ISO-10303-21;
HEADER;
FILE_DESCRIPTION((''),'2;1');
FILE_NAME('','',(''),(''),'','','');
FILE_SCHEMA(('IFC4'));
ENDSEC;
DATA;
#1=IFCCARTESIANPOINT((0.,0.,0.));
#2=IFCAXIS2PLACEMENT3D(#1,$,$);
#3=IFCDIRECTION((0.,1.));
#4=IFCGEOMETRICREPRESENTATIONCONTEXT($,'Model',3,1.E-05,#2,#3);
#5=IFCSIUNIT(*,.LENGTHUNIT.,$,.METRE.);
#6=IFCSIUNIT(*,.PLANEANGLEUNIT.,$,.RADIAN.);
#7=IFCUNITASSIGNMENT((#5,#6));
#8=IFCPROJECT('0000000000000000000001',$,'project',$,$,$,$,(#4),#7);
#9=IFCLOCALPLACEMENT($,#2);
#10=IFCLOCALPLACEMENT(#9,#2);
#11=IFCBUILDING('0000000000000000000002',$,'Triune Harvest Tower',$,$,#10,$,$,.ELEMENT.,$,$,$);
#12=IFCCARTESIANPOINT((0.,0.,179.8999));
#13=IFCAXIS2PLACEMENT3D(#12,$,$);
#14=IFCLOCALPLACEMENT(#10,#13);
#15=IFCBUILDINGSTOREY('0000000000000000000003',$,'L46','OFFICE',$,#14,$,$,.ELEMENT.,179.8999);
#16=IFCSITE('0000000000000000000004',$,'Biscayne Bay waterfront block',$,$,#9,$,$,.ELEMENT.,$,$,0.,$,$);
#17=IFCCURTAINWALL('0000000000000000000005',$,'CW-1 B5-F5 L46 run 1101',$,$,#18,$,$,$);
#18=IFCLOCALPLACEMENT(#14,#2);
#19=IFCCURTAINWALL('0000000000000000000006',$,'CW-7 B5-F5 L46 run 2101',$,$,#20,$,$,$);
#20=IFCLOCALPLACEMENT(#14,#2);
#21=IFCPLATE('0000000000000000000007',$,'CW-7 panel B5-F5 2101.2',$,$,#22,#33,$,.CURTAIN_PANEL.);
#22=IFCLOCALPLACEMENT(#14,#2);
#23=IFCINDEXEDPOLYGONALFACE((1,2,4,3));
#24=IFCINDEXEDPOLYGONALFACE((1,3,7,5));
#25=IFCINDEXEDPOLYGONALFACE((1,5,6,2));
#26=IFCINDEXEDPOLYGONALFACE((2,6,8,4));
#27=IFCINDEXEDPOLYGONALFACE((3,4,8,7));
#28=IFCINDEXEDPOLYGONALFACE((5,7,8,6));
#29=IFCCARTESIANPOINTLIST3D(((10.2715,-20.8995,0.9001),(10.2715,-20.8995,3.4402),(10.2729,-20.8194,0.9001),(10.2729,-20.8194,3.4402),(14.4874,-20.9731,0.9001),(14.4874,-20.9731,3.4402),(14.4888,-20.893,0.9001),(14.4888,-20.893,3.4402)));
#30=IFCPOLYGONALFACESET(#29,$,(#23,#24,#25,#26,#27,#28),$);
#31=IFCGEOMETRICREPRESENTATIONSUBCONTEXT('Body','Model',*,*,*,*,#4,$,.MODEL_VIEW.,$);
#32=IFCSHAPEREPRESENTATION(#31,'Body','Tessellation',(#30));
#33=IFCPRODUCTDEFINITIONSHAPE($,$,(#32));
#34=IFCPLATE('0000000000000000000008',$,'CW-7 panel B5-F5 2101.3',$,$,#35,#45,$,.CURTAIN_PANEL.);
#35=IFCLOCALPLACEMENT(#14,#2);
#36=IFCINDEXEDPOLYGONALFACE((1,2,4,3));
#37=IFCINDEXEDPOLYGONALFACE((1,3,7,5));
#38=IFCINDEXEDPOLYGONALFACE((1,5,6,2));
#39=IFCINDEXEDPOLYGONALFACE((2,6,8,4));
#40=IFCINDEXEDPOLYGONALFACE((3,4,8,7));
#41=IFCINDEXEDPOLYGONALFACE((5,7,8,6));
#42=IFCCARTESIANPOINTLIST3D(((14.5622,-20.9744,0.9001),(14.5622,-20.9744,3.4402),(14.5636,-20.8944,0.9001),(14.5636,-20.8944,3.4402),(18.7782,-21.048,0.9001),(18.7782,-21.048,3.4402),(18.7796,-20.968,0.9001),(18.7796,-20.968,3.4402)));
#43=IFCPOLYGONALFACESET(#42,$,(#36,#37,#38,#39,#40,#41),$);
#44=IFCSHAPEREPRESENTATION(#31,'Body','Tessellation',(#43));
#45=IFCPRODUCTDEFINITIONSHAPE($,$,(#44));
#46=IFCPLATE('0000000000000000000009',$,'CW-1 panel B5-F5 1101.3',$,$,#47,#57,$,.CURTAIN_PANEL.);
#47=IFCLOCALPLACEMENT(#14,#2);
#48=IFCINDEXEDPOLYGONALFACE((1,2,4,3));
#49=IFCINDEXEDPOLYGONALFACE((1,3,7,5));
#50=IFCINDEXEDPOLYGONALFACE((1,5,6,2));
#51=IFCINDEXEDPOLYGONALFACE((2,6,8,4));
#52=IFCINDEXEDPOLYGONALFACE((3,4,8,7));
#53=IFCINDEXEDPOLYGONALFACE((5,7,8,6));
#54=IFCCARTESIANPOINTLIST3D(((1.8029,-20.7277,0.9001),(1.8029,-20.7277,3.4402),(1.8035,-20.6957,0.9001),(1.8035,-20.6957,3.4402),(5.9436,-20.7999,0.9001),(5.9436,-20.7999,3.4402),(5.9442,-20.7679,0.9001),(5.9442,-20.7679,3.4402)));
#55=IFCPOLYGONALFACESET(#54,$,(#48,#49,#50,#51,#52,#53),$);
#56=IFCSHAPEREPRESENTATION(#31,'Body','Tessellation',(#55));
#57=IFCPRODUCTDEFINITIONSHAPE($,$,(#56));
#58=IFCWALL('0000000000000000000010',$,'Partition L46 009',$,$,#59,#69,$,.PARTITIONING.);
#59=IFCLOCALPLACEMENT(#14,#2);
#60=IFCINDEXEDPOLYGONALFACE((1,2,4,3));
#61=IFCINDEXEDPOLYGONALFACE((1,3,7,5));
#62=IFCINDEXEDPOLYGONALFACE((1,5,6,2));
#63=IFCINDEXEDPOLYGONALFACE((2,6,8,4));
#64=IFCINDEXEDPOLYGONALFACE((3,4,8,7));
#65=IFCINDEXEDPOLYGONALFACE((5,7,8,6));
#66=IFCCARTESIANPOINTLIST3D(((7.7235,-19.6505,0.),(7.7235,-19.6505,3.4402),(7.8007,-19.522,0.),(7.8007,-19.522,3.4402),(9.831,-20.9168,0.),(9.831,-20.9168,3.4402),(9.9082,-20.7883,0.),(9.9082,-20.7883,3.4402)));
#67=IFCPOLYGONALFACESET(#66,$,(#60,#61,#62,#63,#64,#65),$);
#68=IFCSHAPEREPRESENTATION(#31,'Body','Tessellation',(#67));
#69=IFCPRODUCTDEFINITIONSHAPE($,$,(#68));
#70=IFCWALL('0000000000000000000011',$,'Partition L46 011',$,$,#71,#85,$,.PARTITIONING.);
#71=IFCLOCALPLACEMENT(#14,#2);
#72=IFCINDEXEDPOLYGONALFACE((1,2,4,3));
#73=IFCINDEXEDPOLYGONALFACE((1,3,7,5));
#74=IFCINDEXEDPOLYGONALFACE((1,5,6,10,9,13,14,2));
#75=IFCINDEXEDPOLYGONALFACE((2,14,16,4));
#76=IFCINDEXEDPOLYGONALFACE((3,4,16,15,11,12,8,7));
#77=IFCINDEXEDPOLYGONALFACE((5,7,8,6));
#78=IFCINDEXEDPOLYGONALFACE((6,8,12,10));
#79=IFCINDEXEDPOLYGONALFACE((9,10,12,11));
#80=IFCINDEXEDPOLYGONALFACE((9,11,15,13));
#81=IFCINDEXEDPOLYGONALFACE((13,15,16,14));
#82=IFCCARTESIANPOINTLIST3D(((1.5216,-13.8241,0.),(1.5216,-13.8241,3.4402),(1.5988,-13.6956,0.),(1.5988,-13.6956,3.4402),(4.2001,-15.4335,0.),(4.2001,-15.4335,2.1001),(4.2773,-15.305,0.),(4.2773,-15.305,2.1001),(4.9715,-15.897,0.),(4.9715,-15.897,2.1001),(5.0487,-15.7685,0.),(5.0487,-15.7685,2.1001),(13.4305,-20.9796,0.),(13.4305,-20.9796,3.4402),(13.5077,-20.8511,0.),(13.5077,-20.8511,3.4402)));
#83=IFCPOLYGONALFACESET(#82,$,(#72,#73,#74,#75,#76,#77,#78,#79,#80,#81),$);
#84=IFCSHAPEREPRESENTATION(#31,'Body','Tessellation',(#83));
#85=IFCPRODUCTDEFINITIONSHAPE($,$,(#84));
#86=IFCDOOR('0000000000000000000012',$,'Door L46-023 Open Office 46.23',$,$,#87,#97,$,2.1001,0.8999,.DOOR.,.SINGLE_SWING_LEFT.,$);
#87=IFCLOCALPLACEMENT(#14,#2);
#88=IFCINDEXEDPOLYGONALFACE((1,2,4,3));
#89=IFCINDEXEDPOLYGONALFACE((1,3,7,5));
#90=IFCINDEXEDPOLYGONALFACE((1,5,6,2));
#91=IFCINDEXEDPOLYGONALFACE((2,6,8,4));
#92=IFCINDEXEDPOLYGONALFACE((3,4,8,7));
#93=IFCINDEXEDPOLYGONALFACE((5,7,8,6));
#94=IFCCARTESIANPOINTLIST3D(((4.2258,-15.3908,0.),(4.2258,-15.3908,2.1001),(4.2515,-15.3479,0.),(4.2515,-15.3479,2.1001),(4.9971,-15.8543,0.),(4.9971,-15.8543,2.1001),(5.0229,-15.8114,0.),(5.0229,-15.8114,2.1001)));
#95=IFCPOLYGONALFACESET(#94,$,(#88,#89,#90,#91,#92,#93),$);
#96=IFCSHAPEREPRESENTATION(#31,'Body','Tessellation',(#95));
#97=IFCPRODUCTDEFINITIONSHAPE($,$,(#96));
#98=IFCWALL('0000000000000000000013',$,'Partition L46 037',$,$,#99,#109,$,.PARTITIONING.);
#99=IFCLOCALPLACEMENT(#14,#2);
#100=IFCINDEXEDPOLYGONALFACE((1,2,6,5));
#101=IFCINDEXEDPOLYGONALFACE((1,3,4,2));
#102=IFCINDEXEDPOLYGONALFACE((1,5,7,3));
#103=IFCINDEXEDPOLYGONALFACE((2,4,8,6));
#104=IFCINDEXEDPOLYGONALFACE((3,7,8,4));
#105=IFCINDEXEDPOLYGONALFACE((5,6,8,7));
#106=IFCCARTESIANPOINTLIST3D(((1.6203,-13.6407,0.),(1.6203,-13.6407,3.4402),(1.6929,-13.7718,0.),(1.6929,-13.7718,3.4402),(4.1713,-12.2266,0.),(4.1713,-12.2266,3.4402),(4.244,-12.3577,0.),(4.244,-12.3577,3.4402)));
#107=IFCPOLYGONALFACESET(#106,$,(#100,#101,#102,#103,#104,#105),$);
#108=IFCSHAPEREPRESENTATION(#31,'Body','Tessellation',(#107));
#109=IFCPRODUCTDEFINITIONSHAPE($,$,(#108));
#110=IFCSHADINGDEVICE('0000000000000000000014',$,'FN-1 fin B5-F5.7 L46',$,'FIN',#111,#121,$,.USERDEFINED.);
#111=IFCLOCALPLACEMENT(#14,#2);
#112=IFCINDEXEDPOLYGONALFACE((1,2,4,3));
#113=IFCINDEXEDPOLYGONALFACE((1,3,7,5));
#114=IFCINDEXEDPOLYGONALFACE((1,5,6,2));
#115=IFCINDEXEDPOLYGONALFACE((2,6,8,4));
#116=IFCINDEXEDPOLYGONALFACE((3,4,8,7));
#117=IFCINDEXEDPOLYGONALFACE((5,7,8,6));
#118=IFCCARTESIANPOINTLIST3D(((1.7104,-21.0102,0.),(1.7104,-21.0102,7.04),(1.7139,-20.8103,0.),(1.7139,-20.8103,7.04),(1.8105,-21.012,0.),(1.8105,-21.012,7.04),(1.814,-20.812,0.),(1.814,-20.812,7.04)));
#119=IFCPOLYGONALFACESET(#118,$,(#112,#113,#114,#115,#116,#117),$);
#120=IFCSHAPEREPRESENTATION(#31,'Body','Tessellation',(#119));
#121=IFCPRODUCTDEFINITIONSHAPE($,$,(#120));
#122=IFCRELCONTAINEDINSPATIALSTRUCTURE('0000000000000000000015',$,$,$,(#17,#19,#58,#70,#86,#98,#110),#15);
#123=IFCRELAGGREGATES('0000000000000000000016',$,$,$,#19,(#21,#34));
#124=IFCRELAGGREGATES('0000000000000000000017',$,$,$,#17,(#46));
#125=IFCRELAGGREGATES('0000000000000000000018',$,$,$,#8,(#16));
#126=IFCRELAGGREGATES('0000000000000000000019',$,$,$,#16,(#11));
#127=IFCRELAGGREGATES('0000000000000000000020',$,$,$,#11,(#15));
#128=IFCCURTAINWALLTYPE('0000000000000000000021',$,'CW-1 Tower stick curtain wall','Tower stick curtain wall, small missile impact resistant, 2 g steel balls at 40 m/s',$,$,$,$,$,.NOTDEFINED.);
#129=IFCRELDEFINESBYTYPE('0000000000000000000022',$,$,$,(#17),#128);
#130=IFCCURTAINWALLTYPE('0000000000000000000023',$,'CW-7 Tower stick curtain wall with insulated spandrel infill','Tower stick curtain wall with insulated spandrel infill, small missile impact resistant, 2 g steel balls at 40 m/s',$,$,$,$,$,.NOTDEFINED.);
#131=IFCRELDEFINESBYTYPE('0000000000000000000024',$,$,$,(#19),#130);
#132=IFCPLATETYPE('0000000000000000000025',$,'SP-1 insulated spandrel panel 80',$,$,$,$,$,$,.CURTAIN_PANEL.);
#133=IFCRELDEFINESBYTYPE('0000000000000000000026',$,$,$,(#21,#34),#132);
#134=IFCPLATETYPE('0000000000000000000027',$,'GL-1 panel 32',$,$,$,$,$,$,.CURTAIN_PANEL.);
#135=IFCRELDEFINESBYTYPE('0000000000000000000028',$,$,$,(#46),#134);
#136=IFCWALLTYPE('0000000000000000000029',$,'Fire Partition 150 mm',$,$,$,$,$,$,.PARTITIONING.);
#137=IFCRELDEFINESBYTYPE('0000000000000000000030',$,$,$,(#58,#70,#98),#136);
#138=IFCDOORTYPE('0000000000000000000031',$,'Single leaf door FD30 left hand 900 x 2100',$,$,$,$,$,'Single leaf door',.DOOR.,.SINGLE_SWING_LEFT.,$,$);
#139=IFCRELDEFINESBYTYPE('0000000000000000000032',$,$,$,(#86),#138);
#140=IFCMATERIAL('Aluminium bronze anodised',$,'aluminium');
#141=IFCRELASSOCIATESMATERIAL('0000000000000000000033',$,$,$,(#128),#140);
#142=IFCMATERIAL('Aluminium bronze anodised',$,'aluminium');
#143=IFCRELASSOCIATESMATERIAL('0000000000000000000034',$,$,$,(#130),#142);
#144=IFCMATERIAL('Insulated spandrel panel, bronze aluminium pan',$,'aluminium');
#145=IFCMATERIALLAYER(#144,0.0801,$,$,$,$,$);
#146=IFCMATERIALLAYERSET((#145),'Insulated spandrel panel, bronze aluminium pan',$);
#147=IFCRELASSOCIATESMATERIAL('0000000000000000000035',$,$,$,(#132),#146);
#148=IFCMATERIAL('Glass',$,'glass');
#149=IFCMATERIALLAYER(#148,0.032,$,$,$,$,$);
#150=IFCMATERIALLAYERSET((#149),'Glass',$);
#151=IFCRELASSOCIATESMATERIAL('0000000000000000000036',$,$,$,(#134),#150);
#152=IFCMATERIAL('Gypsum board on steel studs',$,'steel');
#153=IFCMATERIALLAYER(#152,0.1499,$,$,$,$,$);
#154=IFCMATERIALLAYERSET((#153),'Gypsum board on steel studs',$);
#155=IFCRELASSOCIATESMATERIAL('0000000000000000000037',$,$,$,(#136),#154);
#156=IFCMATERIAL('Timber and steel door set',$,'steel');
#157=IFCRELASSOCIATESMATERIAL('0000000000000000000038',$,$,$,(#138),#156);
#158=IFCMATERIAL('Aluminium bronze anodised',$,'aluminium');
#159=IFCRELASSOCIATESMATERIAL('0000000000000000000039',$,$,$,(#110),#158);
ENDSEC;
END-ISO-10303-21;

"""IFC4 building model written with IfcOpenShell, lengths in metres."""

from ifc_helpers import new_model, si_unit, direction, frame, frame_2d, origin, origin_2d, place, context, subcontext, project, spatial, rectangle, extrude, source, transform, mapped, material, layer, layer_set, type_object, element, fill, aggregate, save


model = new_model("IFC4")

# Units and contexts
model_context = context("Model", 3, precision=1e-05, world=origin(), true_north=direction((0.0, 1.0)))
body_context = subcontext(model_context, "Body", "Model", "MODEL_VIEW")
ifc_project = project(units=[si_unit("LENGTHUNIT", "METRE"), si_unit("PLANEANGLEUNIT", "RADIAN")], contexts=[model_context])

# Site, building, storey
site_placement = place(None, origin())
site = spatial("IfcSite", under=ifc_project, at=site_placement, Name="Biscayne Bay waterfront block", CompositionType="ELEMENT", RefElevation=0.0)
building_placement = place(site_placement, origin())
building = spatial("IfcBuilding", under=site, at=building_placement, Name="Triune Harvest Tower", CompositionType="ELEMENT")
storey_placement = place(building_placement, frame((0.0, 0.0, 179.8999)))
storey = spatial("IfcBuildingStorey", under=building, at=storey_placement, Name="L46", Description="OFFICE", CompositionType="ELEMENT", Elevation=179.8999)

# Curtain walls
ifc_material_1 = material(Name="Aluminium bronze anodised", Category="aluminium")
curtain_wall_type_1 = type_object("IfcCurtainWallType", Name="CW-1 Tower stick curtain wall", Description="Tower stick curtain wall, small missile impact resistant, 2 g steel balls at 40 m/s", PredefinedType="NOTDEFINED", material=ifc_material_1)
curtain_wall_1_placement = place(storey_placement, origin())
curtain_wall_1 = element("IfcCurtainWall", 1, at=curtain_wall_1_placement, inside=storey, type_object=curtain_wall_type_1, Name="CW-1 B5-F5 L46 run 1101")
ifc_material_2 = material(Name="Aluminium bronze anodised", Category="aluminium")
curtain_wall_type_2 = type_object("IfcCurtainWallType", Name="CW-7 Tower stick curtain wall with insulated spandrel infill", Description="Tower stick curtain wall with insulated spandrel infill, small missile impact resistant, 2 g steel balls at 40 m/s", PredefinedType="NOTDEFINED", material=ifc_material_2)
curtain_wall_2_placement = place(storey_placement, origin())
curtain_wall_2 = element("IfcCurtainWall", 2, at=curtain_wall_2_placement, inside=storey, type_object=curtain_wall_type_2, Name="CW-7 B5-F5 L46 run 2101")

# Plates
ifc_material_3 = material(Name="Insulated spandrel panel, bronze aluminium pan", Category="aluminium")
ifc_layer_1 = layer(ifc_material_3, 0.0801)
ifc_layer_set_1 = layer_set([ifc_layer_1], Name="Insulated spandrel panel, bronze aluminium pan")
plate_type_1 = type_object("IfcPlateType", Name="SP-1 insulated spandrel panel 80", PredefinedType="CURTAIN_PANEL", material=ifc_layer_set_1)
shared_shape_1 = source(origin(), body_context, "Body", "SweptSolid", [
    extrude(rectangle(XDim=4.2166, YDim=0.0801, at=origin_2d()), origin(), (0.0, 0.0, 1.0), 2.54),
])
plate_1_placement = place(storey_placement, frame((12.3801, -20.8962, 0.9001), z_axis=(0.0, 0.0, 1.0), x_axis=(0.999848, -0.017454, 0.0)))
plate_1 = element("IfcPlate", 3, at=plate_1_placement, type_object=plate_type_1, Name="CW-7 panel B5-F5 2101.2", PredefinedType="CURTAIN_PANEL", context=body_context, shape_type="MappedRepresentation", body=[
    mapped(shared_shape_1, transform((0.0, 0.0, 0.0), scale=1.0)),
])
plate_2_placement = place(storey_placement, frame((16.6709, -20.9712, 0.9001), z_axis=(0.0, 0.0, 1.0), x_axis=(0.999848, -0.017454, 0.0)))
plate_2 = element("IfcPlate", 4, at=plate_2_placement, type_object=plate_type_1, Name="CW-7 panel B5-F5 2101.3", PredefinedType="CURTAIN_PANEL", context=body_context, shape_type="MappedRepresentation", body=[
    mapped(shared_shape_1, transform((0.0, 0.0, 0.0), scale=1.0)),
])
aggregate(curtain_wall_2, [plate_1, plate_2])
ifc_material_4 = material(Name="Glass", Category="glass")
ifc_layer_2 = layer(ifc_material_4, 0.032)
ifc_layer_set_2 = layer_set([ifc_layer_2], Name="Glass")
plate_type_2 = type_object("IfcPlateType", Name="GL-1 panel 32", PredefinedType="CURTAIN_PANEL", material=ifc_layer_set_2)
shared_shape_2 = source(origin(), body_context, "Body", "SweptSolid", [
    extrude(rectangle(XDim=4.1414, YDim=0.032, at=origin_2d()), origin(), (0.0, 0.0, 1.0), 2.54),
])
plate_3_placement = place(storey_placement, frame((3.8735, -20.7478, 0.9001), z_axis=(0.0, 0.0, 1.0), x_axis=(0.999848, -0.017451, 0.0)))
plate_3 = element("IfcPlate", 5, at=plate_3_placement, type_object=plate_type_2, Name="CW-1 panel B5-F5 1101.3", PredefinedType="CURTAIN_PANEL", context=body_context, shape_type="MappedRepresentation", body=[
    mapped(shared_shape_2, transform((0.0, 0.0, 0.0), scale=1.0)),
])
aggregate(curtain_wall_1, [plate_3])

# Wall
ifc_material_5 = material(Name="Gypsum board on steel studs", Category="steel")
ifc_layer_3 = layer(ifc_material_5, 0.1499)
ifc_layer_set_3 = layer_set([ifc_layer_3], Name="Gypsum board on steel studs")
wall_type = type_object("IfcWallType", Name="Fire Partition 150 mm", PredefinedType="PARTITIONING", material=ifc_layer_set_3)
wall_1_placement = place(storey_placement, frame((7.762, -19.5862, 0.0), z_axis=(0.0, 0.0, 1.0), x_axis=(0.857177, -0.515021, 0.0)))
element("IfcWall", 6, at=wall_1_placement, inside=storey, type_object=wall_type, Name="Partition L46 009", PredefinedType="PARTITIONING", context=body_context, shape_type="SweptSolid", body=[
    extrude(rectangle(XDim=2.4587, YDim=0.1499, at=frame_2d((1.2295, 0.0))), origin(), (0.0, 0.0, 1.0), 3.4402),
])

# Wall, opening, door
wall_2_placement = place(storey_placement, frame((1.5601, -13.7598, 0.0), z_axis=(0.0, 0.0, 1.0), x_axis=(0.85717, -0.515033, 0.0)))
wall_2 = element("IfcWall", 7, at=wall_2_placement, inside=storey, type_object=wall_type, Name="Partition L46 011", PredefinedType="PARTITIONING", context=body_context, shape_type="SweptSolid", body=[
    extrude(rectangle(XDim=13.8933, YDim=0.1499, at=frame_2d((6.9468, 0.0))), origin(), (0.0, 0.0, 1.0), 3.4402),
])
opening_placement = place(wall_2_placement, frame((3.125, 0.0, 0.0)))
opening = element("IfcOpeningElement", 8, at=opening_placement, cuts=wall_2, PredefinedType="OPENING", context=body_context, shape_type="SweptSolid", body=[
    extrude(rectangle(XDim=0.8999, YDim=2.1001, at=frame_2d((0.45, 1.05))), frame((0.0, 0.085, 0.0), z_axis=(0.0, -1.0, 0.0), x_axis=(1.0, 0.0, 0.0)), (0.0, 0.0, 1.0), 0.1699),
])
ifc_material_6 = material(Name="Timber and steel door set", Category="steel")
door_type = type_object("IfcDoorType", Name="Single leaf door FD30 left hand 900 x 2100", ElementType="Single leaf door", OperationType="SINGLE_SWING_LEFT", PredefinedType="DOOR", material=ifc_material_6)
door_placement = place(opening_placement, origin())
door = element("IfcDoor", 9, at=door_placement, inside=storey, type_object=door_type, Name="Door L46-023 Open Office 46.23", OperationType="SINGLE_SWING_LEFT", OverallHeight=2.1001, OverallWidth=0.8999, PredefinedType="DOOR", context=body_context, shape_type="SweptSolid", body=[
    extrude(rectangle(XDim=0.8999, YDim=2.1001, at=frame_2d((0.45, 1.05))), frame((0.0, 0.0249, 0.0), z_axis=(0.0, -1.0, 0.0), x_axis=(1.0, 0.0, 0.0)), (0.0, 0.0, 1.0), 0.05),
])
fill(opening, door)

# Wall
wall_3_placement = place(storey_placement, frame((1.6565, -13.7063, 0.0), z_axis=(0.0, 0.0, 1.0), x_axis=(0.874619, 0.484811, 0.0)))
element("IfcWall", 10, at=wall_3_placement, inside=storey, type_object=wall_type, Name="Partition L46 037", PredefinedType="PARTITIONING", context=body_context, shape_type="SweptSolid", body=[
    extrude(rectangle(XDim=2.9167, YDim=0.1499, at=frame_2d((1.4585, 0.0))), origin(), (0.0, 0.0, 1.0), 3.4402),
])

# Shading device
ifc_material_7 = material(Name="Aluminium bronze anodised", Category="aluminium")
shared_shape_3 = source(origin(), body_context, "Body", "SweptSolid", [
    extrude(rectangle(XDim=0.1001, YDim=0.2, at=origin_2d()), origin(), (0.0, 0.0, 1.0), 7.04),
])
shading_device_placement = place(storey_placement, frame((1.7622, -20.9111, 0.0), z_axis=(0.0, 0.0, 1.0), x_axis=(0.999848, -0.017452, 0.0)))
element("IfcShadingDevice", 11, at=shading_device_placement, inside=storey, material=ifc_material_7, Name="FN-1 fin B5-F5.7 L46", ObjectType="FIN", PredefinedType="USERDEFINED", context=body_context, shape_type="MappedRepresentation", body=[
    mapped(shared_shape_3, transform((0.0, 0.0, 0.0), scale=1.0)),
])

save(model, "model.ifc")
